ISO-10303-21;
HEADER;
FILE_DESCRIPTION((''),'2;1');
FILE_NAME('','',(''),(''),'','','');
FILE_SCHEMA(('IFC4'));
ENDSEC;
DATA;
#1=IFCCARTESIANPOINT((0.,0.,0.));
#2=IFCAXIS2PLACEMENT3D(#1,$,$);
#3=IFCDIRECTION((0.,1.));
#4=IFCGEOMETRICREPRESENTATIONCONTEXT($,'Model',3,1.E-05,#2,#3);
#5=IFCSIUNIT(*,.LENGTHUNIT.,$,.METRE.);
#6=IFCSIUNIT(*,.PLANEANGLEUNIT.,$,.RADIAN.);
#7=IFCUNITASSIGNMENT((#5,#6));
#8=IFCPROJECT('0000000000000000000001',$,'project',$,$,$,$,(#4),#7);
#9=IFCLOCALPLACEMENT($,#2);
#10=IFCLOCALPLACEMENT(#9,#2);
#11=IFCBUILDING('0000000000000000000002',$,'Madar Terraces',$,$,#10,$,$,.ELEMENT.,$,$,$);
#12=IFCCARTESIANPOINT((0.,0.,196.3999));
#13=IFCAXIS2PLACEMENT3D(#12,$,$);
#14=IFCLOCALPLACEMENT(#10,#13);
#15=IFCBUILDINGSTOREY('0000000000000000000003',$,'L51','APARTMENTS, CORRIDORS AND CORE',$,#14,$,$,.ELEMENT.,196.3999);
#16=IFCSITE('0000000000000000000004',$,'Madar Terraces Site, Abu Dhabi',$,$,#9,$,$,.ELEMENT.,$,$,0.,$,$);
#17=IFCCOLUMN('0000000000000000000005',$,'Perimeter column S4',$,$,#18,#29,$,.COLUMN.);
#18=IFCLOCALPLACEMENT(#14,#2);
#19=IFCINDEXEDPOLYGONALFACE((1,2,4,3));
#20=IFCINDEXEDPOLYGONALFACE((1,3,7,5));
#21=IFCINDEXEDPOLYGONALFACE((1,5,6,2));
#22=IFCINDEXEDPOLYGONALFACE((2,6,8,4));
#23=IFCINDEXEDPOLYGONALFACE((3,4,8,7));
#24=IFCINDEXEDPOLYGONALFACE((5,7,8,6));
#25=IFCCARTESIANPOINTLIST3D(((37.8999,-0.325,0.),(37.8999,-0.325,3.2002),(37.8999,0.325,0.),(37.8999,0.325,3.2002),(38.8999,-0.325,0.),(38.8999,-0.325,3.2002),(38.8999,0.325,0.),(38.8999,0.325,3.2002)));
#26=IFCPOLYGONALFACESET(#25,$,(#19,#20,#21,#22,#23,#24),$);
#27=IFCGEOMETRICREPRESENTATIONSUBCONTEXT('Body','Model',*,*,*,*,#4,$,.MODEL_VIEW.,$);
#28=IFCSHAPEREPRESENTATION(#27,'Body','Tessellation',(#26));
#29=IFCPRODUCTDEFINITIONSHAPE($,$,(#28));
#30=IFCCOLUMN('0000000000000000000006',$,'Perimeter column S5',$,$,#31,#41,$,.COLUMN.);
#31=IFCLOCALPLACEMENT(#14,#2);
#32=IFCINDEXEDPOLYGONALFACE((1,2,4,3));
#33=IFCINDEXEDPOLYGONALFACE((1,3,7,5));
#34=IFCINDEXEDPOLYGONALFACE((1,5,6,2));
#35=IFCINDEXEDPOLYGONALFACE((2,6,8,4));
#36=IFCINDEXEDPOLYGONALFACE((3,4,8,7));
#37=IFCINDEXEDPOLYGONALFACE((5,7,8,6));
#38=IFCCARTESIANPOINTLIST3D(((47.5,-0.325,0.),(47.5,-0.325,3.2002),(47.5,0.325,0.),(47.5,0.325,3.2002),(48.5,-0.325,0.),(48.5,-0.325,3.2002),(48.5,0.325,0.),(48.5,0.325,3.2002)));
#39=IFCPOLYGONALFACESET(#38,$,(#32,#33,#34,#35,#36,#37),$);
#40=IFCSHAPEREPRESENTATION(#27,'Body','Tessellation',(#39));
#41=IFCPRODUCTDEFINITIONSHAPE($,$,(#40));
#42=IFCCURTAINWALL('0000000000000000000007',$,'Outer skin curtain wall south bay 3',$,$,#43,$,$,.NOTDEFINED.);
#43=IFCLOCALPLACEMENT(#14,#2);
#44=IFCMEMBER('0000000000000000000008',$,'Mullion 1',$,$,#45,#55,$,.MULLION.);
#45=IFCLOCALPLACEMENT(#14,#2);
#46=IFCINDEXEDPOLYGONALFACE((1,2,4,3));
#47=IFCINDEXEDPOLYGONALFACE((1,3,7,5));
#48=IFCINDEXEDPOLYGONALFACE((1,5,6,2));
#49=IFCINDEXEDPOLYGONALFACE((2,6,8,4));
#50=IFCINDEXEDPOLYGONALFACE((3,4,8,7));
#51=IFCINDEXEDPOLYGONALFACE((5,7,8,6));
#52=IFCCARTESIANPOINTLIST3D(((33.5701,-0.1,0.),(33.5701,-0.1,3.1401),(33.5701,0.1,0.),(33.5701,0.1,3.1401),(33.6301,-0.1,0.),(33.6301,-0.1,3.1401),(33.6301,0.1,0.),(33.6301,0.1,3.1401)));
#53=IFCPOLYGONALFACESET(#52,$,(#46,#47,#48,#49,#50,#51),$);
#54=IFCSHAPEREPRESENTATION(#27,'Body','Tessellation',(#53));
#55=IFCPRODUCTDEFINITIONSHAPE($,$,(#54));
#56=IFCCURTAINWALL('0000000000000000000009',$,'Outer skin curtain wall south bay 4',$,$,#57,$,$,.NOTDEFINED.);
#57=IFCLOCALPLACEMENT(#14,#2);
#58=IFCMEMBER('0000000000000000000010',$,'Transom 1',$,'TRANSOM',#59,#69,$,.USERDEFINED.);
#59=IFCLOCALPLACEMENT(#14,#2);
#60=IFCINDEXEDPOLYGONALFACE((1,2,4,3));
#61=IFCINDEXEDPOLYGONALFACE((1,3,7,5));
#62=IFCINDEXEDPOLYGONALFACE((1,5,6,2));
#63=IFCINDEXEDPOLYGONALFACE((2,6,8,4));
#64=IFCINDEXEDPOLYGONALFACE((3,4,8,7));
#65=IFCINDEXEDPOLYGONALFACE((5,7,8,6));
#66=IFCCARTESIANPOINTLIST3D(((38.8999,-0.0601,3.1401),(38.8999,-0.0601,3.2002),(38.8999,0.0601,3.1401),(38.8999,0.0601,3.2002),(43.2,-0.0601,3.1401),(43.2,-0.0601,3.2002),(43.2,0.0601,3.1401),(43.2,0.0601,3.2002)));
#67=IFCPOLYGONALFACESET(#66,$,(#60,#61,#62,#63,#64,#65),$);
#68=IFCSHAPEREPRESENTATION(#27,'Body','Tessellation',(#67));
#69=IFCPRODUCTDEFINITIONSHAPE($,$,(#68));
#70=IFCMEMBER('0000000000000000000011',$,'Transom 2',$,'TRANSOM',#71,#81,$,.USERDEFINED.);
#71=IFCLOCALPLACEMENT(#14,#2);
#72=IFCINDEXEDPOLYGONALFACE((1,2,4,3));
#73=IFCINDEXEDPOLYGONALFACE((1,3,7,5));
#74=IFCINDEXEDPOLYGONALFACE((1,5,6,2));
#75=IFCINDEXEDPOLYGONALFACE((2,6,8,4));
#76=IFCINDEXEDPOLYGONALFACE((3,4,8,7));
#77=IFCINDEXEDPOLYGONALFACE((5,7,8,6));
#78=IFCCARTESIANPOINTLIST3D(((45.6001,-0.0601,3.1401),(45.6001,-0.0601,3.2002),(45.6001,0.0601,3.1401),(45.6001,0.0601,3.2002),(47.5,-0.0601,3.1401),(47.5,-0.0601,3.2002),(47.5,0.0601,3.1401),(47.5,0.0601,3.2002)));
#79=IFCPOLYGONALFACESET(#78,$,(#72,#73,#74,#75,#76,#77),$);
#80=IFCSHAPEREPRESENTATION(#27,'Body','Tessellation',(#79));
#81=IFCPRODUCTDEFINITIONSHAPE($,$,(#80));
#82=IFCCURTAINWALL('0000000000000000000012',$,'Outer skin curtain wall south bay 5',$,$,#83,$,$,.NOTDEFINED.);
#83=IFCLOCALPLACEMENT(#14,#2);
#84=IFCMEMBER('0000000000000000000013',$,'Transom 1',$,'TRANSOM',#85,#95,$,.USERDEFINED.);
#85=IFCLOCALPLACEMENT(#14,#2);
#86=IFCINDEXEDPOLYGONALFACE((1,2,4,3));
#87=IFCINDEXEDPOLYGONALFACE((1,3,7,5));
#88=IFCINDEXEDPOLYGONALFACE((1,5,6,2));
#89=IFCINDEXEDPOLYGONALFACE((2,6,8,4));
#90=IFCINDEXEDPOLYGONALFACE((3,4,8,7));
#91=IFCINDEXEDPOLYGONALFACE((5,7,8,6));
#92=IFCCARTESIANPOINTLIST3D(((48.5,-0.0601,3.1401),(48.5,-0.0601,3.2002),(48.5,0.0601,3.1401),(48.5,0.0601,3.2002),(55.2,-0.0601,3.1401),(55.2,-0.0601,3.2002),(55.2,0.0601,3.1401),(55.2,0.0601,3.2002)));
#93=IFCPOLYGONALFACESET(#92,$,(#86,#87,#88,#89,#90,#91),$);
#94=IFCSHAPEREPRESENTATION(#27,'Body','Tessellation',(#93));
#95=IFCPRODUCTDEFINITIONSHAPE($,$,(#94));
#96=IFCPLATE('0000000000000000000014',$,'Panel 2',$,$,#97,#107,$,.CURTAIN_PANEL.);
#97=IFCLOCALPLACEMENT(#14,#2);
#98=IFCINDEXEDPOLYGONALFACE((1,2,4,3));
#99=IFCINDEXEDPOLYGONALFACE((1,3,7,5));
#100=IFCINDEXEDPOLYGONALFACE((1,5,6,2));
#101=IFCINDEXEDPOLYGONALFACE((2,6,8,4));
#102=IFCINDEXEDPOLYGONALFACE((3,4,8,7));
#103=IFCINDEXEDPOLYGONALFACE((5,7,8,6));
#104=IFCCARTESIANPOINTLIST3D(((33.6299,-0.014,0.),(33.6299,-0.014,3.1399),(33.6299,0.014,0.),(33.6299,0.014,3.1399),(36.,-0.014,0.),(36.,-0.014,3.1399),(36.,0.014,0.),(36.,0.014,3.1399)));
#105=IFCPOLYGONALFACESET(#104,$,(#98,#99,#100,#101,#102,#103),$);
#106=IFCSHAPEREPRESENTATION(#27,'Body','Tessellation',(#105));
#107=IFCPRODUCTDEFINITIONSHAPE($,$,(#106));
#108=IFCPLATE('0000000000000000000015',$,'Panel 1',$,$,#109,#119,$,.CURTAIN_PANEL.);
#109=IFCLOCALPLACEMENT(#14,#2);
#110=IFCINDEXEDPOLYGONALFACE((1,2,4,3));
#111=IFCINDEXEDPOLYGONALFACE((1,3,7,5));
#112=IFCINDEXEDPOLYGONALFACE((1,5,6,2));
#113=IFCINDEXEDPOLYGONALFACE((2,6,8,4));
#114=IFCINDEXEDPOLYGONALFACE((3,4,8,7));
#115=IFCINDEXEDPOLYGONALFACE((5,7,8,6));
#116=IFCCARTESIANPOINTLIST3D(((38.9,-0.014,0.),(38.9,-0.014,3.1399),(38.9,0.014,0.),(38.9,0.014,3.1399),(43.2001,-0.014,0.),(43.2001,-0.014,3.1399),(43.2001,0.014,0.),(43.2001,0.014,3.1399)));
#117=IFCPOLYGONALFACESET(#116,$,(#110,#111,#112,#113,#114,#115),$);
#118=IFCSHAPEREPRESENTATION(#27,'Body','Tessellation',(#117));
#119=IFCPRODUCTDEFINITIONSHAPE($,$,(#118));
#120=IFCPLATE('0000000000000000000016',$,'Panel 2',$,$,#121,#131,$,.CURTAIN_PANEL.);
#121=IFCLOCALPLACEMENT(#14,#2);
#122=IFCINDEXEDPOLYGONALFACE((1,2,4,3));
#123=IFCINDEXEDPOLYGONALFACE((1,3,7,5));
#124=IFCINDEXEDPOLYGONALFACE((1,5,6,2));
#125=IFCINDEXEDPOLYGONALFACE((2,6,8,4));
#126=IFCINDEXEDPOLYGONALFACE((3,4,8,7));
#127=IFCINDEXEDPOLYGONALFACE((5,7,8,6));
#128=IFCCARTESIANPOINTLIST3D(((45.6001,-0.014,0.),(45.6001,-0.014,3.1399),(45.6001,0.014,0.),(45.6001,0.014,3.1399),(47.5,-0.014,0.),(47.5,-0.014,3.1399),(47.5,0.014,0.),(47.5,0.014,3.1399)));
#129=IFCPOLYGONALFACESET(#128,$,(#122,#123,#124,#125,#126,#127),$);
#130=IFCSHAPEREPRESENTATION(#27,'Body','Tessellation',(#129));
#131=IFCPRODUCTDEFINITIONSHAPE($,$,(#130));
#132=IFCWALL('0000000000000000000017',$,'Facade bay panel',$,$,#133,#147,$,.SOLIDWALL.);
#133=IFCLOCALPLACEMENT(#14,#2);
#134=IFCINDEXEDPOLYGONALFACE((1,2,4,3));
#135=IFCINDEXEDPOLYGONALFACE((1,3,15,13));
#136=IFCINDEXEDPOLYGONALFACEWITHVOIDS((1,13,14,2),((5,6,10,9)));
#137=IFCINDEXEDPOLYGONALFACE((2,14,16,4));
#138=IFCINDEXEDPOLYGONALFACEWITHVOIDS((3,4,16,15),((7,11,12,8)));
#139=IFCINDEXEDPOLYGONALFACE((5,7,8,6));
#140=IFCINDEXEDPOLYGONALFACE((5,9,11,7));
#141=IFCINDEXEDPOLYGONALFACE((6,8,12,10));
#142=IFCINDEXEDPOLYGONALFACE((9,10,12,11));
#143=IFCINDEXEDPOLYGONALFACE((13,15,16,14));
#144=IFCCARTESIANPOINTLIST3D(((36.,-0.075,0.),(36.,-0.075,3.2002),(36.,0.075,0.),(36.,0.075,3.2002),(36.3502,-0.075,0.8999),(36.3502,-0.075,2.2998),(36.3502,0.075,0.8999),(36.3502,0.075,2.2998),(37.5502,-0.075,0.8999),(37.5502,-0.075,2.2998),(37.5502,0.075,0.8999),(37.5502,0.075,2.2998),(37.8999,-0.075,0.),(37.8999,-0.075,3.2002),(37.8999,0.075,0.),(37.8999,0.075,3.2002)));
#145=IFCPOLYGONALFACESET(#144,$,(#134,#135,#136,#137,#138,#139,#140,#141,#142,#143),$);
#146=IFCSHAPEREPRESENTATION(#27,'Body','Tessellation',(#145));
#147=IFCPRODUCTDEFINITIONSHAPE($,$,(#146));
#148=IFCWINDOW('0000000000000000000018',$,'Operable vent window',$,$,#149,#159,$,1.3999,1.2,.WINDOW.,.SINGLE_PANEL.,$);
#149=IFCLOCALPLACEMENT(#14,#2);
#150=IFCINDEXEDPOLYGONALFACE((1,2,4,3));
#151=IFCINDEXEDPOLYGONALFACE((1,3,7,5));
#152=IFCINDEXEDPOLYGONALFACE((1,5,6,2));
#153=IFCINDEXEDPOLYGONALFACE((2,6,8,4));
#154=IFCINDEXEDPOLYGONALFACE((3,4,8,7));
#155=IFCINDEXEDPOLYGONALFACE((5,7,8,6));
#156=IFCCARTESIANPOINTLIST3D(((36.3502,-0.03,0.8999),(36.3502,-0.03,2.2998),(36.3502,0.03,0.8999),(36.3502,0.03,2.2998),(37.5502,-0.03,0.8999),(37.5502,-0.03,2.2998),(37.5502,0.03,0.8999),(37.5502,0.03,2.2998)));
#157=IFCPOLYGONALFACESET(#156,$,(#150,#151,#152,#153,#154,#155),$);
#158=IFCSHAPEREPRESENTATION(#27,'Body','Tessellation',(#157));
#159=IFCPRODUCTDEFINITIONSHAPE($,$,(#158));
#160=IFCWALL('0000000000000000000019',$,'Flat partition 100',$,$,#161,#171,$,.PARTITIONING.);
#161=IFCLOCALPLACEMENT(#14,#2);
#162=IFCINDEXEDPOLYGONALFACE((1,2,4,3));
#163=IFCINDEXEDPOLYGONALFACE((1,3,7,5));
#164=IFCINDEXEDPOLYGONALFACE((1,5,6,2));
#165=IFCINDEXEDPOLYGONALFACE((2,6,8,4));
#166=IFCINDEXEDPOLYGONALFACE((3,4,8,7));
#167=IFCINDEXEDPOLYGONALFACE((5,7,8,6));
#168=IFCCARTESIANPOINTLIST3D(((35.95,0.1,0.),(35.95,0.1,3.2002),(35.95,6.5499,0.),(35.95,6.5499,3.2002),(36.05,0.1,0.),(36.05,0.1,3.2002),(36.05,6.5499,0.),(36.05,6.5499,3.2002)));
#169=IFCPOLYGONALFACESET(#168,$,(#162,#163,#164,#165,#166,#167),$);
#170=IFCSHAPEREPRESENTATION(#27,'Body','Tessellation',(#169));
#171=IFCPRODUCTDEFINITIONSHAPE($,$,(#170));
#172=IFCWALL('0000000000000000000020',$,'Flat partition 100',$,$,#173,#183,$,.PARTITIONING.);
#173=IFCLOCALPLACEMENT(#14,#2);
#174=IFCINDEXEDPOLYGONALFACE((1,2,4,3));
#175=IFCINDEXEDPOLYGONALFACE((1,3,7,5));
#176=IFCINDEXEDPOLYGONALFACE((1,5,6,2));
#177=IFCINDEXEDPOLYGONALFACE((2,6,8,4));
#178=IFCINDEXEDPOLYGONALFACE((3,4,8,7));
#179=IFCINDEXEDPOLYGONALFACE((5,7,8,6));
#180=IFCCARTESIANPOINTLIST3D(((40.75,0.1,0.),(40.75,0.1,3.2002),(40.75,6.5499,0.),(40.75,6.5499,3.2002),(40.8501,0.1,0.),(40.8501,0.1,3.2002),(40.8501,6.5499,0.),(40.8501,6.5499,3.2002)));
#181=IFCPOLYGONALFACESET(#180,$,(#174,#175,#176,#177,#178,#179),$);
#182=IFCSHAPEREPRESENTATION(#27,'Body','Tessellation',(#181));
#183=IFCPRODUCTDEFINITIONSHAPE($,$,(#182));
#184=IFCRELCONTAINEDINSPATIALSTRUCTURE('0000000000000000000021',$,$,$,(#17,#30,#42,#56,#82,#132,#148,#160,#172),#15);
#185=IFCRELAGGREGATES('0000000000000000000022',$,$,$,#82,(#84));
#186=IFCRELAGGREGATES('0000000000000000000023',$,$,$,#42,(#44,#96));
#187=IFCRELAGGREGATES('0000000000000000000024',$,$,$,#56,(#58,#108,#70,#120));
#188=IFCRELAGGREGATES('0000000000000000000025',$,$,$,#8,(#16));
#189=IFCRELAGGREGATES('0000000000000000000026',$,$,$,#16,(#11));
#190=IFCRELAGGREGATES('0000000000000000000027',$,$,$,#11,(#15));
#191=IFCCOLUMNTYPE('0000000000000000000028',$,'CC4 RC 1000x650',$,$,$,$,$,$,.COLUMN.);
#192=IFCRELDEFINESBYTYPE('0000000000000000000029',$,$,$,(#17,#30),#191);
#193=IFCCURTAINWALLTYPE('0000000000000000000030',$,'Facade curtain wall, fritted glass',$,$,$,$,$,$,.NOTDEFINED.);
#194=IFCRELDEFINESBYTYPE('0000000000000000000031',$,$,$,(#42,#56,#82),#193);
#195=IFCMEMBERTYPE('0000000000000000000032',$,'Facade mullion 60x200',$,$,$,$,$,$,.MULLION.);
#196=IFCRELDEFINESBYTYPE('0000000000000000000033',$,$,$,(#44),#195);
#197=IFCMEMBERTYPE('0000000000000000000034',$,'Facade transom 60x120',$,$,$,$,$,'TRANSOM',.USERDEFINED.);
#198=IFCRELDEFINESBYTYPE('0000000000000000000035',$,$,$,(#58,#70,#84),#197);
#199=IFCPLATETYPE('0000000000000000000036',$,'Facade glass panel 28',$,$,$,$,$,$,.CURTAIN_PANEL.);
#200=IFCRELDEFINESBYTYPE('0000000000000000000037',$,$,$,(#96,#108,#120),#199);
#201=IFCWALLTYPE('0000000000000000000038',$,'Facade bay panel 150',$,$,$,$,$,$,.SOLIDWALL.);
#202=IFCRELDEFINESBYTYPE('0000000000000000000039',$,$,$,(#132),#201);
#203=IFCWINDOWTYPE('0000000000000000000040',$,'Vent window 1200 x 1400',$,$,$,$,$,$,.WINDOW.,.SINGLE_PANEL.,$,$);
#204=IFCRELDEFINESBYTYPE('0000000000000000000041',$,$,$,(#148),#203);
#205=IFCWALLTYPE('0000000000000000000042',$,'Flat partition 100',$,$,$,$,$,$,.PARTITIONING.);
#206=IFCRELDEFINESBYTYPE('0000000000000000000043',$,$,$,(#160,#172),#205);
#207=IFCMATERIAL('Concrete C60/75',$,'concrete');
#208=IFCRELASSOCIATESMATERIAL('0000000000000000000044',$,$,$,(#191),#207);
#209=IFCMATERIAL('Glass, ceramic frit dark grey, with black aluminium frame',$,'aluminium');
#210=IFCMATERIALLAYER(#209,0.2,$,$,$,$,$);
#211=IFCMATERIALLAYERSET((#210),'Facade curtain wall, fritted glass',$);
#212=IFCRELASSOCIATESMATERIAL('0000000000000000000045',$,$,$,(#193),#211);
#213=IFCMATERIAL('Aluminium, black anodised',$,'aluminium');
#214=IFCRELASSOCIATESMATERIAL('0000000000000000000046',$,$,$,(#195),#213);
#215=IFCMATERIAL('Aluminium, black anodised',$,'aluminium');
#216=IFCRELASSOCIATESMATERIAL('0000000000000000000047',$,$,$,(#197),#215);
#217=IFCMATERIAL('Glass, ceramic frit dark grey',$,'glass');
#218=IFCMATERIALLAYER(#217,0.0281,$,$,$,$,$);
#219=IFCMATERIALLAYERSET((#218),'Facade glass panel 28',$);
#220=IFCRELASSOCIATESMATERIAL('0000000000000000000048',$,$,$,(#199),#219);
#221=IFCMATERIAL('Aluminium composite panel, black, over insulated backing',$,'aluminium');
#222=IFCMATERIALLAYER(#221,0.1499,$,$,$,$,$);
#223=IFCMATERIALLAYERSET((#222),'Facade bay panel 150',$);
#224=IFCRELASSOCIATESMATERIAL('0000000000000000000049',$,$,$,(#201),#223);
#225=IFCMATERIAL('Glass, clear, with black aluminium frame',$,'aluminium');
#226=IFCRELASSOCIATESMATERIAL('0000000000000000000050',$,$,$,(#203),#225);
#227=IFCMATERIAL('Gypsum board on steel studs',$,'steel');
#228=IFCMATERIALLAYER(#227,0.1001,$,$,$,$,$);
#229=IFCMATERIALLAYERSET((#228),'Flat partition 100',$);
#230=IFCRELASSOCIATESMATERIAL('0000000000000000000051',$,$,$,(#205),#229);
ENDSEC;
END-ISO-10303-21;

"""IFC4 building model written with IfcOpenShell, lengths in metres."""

from ifc_helpers import new_model, si_unit, direction, frame, frame_2d, origin, origin_2d, place, context, subcontext, project, spatial, rectangle, extrude, material, layer, layer_set, material_profile, profile_set, type_object, element, fill, aggregate, save


model = new_model("IFC4")

# Units and contexts
model_context = context("Model", 3, precision=1e-05, world=origin(), true_north=direction((0.0, 1.0)))
body_context = subcontext(model_context, "Body", "Model", "MODEL_VIEW")
ifc_project = project(units=[si_unit("LENGTHUNIT", "METRE"), si_unit("PLANEANGLEUNIT", "RADIAN")], contexts=[model_context])

# Site, building, storey
site_placement = place(None, origin())
site = spatial("IfcSite", under=ifc_project, at=site_placement, Name="Madar Terraces Site, Abu Dhabi", CompositionType="ELEMENT", RefElevation=0.0)
building_placement = place(site_placement, origin())
building = spatial("IfcBuilding", under=site, at=building_placement, Name="Madar Terraces", CompositionType="ELEMENT")
storey_placement = place(building_placement, frame((0.0, 0.0, 196.3999)))
storey = spatial("IfcBuildingStorey", under=building, at=storey_placement, Name="L51", Description="APARTMENTS, CORRIDORS AND CORE", CompositionType="ELEMENT", Elevation=196.3999)

# Columns
ifc_material_1 = material(Name="Concrete C60/75", Category="concrete")
ifc_material_profile_1 = material_profile(ifc_material_1, rectangle(XDim=1.0, YDim=0.6499, at=origin_2d()), Name="CC4 RC 1000x650")
ifc_profile_set_1 = profile_set([ifc_material_profile_1], Name="Concrete C60/75")
column_type = type_object("IfcColumnType", Name="CC4 RC 1000x650", PredefinedType="COLUMN", material=ifc_profile_set_1)
for number, where, z_axis, x_axis, name in (
    (1, (38.3999, 0.0, 0.0), (0.0, 0.0, 1.0), (1.0, 0.0, 0.0), "Perimeter column S4"),
    (2, (48.0, 0.0, 0.0), (0.0, 0.0, 1.0), (1.0, 0.0, 0.0), "Perimeter column S5"),
):
    element("IfcColumn", number, at=place(storey_placement, frame(where, z_axis=z_axis, x_axis=x_axis)), inside=storey, type_object=column_type, Name=name, PredefinedType="COLUMN", context=body_context, shape_type="SweptSolid", body=[
        extrude(rectangle(XDim=1.0, YDim=0.6499, at=origin_2d()), origin(), (0.0, 0.0, 1.0), 3.2002),
    ])

# Curtain wall, member
ifc_material_2 = material(Name="Glass, ceramic frit dark grey, with black aluminium frame", Category="aluminium")
ifc_layer_1 = layer(ifc_material_2, 0.2)
ifc_layer_set_1 = layer_set([ifc_layer_1], Name="Facade curtain wall, fritted glass")
curtain_wall_type = type_object("IfcCurtainWallType", Name="Facade curtain wall, fritted glass", PredefinedType="NOTDEFINED", material=ifc_layer_set_1)
curtain_wall_1_placement = place(storey_placement, origin())
curtain_wall_1 = element("IfcCurtainWall", 3, at=curtain_wall_1_placement, inside=storey, type_object=curtain_wall_type, Name="Outer skin curtain wall south bay 3", PredefinedType="NOTDEFINED")
ifc_material_3 = material(Name="Aluminium, black anodised", Category="aluminium")
ifc_material_profile_2 = material_profile(ifc_material_3, rectangle(XDim=0.2, YDim=0.0601, at=origin_2d()), Name="Facade mullion 60x200")
ifc_profile_set_2 = profile_set([ifc_material_profile_2], Name="Aluminium, black anodised")
member_type_1 = type_object("IfcMemberType", Name="Facade mullion 60x200", PredefinedType="MULLION", material=ifc_profile_set_2)
member_1_placement = place(storey_placement, frame((33.6001, 0.0, 0.0), z_axis=(0.0, 0.0, 1.0), x_axis=(0.0, 1.0, 0.0)))
member_1 = element("IfcMember", 4, at=member_1_placement, type_object=member_type_1, Name="Mullion 1", PredefinedType="MULLION", context=body_context, shape_type="SweptSolid", body=[
    extrude(rectangle(XDim=0.2, YDim=0.0601, at=origin_2d()), origin(), (0.0, 0.0, 1.0), 3.1401),
])

# Curtain wall, members
curtain_wall_2_placement = place(storey_placement, origin())
curtain_wall_2 = element("IfcCurtainWall", 5, at=curtain_wall_2_placement, inside=storey, type_object=curtain_wall_type, Name="Outer skin curtain wall south bay 4", PredefinedType="NOTDEFINED")
ifc_material_4 = material(Name="Aluminium, black anodised", Category="aluminium")
ifc_material_profile_3 = material_profile(ifc_material_4, rectangle(XDim=0.1201, YDim=0.0601, at=origin_2d()), Name="Facade transom 60x120")
ifc_profile_set_3 = profile_set([ifc_material_profile_3], Name="Aluminium, black anodised")
member_type_2 = type_object("IfcMemberType", Name="Facade transom 60x120", ElementType="TRANSOM", PredefinedType="USERDEFINED", material=ifc_profile_set_3)
member_2_placement = place(storey_placement, frame((38.8999, 0.0, 3.1702), z_axis=(1.0, 0.0, 0.0), x_axis=(0.0, 1.0, 0.0)))
member_2 = element("IfcMember", 6, at=member_2_placement, type_object=member_type_2, Name="Transom 1", ObjectType="TRANSOM", PredefinedType="USERDEFINED", context=body_context, shape_type="SweptSolid", body=[
    extrude(rectangle(XDim=0.1201, YDim=0.0601, at=origin_2d()), origin(), (0.0, 0.0, 1.0), 4.3),
])
member_3_placement = place(storey_placement, frame((45.6001, 0.0, 3.1702), z_axis=(1.0, 0.0, 0.0), x_axis=(0.0, 1.0, 0.0)))
member_3 = element("IfcMember", 7, at=member_3_placement, type_object=member_type_2, Name="Transom 2", ObjectType="TRANSOM", PredefinedType="USERDEFINED", context=body_context, shape_type="SweptSolid", body=[
    extrude(rectangle(XDim=0.1201, YDim=0.0601, at=origin_2d()), origin(), (0.0, 0.0, 1.0), 1.8999),
])

# Curtain wall, member
curtain_wall_3_placement = place(storey_placement, origin())
curtain_wall_3 = element("IfcCurtainWall", 8, at=curtain_wall_3_placement, inside=storey, type_object=curtain_wall_type, Name="Outer skin curtain wall south bay 5", PredefinedType="NOTDEFINED")
member_4_placement = place(storey_placement, frame((48.5, 0.0, 3.1702), z_axis=(1.0, 0.0, 0.0), x_axis=(0.0, 1.0, 0.0)))
member_4 = element("IfcMember", 9, at=member_4_placement, type_object=member_type_2, Name="Transom 1", ObjectType="TRANSOM", PredefinedType="USERDEFINED", context=body_context, shape_type="SweptSolid", body=[
    extrude(rectangle(XDim=0.1201, YDim=0.0601, at=origin_2d()), origin(), (0.0, 0.0, 1.0), 6.7),
])
aggregate(curtain_wall_3, [member_4])

# Plates
ifc_material_5 = material(Name="Glass, ceramic frit dark grey", Category="glass")
ifc_layer_2 = layer(ifc_material_5, 0.0281)
ifc_layer_set_2 = layer_set([ifc_layer_2], Name="Facade glass panel 28")
plate_type = type_object("IfcPlateType", Name="Facade glass panel 28", PredefinedType="CURTAIN_PANEL", material=ifc_layer_set_2)
plate_1_placement = place(storey_placement, frame((34.8149, 0.0, 0.0), z_axis=(0.0, 0.0, 1.0), x_axis=(1.0, 0.0, 0.0)))
plate_1 = element("IfcPlate", 10, at=plate_1_placement, type_object=plate_type, Name="Panel 2", PredefinedType="CURTAIN_PANEL", context=body_context, shape_type="SweptSolid", body=[
    extrude(rectangle(XDim=2.3701, YDim=0.0281, at=origin_2d()), origin(), (0.0, 0.0, 1.0), 3.1399),
])
aggregate(curtain_wall_1, [member_1, plate_1])
plate_2_placement = place(storey_placement, frame((41.05, 0.0, 0.0), z_axis=(0.0, 0.0, 1.0), x_axis=(1.0, 0.0, 0.0)))
plate_2 = element("IfcPlate", 11, at=plate_2_placement, type_object=plate_type, Name="Panel 1", PredefinedType="CURTAIN_PANEL", context=body_context, shape_type="SweptSolid", body=[
    extrude(rectangle(XDim=4.3, YDim=0.0281, at=origin_2d()), origin(), (0.0, 0.0, 1.0), 3.1399),
])
plate_3_placement = place(storey_placement, frame((46.55, 0.0, 0.0), z_axis=(0.0, 0.0, 1.0), x_axis=(1.0, 0.0, 0.0)))
plate_3 = element("IfcPlate", 12, at=plate_3_placement, type_object=plate_type, Name="Panel 2", PredefinedType="CURTAIN_PANEL", context=body_context, shape_type="SweptSolid", body=[
    extrude(rectangle(XDim=1.8999, YDim=0.0281, at=origin_2d()), origin(), (0.0, 0.0, 1.0), 3.1399),
])
aggregate(curtain_wall_2, [member_2, plate_2, member_3, plate_3])

# Wall, opening, window
ifc_material_6 = material(Name="Aluminium composite panel, black, over insulated backing", Category="aluminium")
ifc_layer_3 = layer(ifc_material_6, 0.1499)
ifc_layer_set_3 = layer_set([ifc_layer_3], Name="Facade bay panel 150")
wall_type_1 = type_object("IfcWallType", Name="Facade bay panel 150", PredefinedType="SOLIDWALL", material=ifc_layer_set_3)
wall_1_placement = place(storey_placement, frame((36.0, 0.0, 0.0), z_axis=(0.0, 0.0, 1.0), x_axis=(1.0, 0.0, 0.0)))
wall_1 = element("IfcWall", 13, at=wall_1_placement, inside=storey, type_object=wall_type_1, Name="Facade bay panel", PredefinedType="SOLIDWALL", context=body_context, shape_type="SweptSolid", body=[
    extrude(rectangle(XDim=1.8999, YDim=0.1499, at=frame_2d((0.95, 0.0))), origin(), (0.0, 0.0, 1.0), 3.2002),
])
opening_1_placement = place(wall_1_placement, frame((0.3501, 0.0, 0.8999)))
opening_1 = element("IfcOpeningElement", 14, at=opening_1_placement, cuts=wall_1, PredefinedType="OPENING", context=body_context, shape_type="SweptSolid", body=[
    extrude(rectangle(XDim=1.2, YDim=1.3999, at=frame_2d((0.6001, 0.7))), frame((0.0, 0.085, 0.0), z_axis=(0.0, -1.0, 0.0), x_axis=(1.0, 0.0, 0.0)), (0.0, 0.0, 1.0), 0.1699),
])
ifc_material_7 = material(Name="Glass, clear, with black aluminium frame", Category="aluminium")
window_type = type_object("IfcWindowType", Name="Vent window 1200 x 1400", PartitioningType="SINGLE_PANEL", PredefinedType="WINDOW", material=ifc_material_7)
window_placement = place(opening_1_placement, origin())
window = element("IfcWindow", 15, at=window_placement, inside=storey, type_object=window_type, Name="Operable vent window", OverallHeight=1.3999, OverallWidth=1.2, PartitioningType="SINGLE_PANEL", PredefinedType="WINDOW", context=body_context, shape_type="SweptSolid", body=[
    extrude(rectangle(XDim=1.2, YDim=1.3999, at=frame_2d((0.6001, 0.7))), frame((0.0, 0.03, 0.0), z_axis=(0.0, -1.0, 0.0), x_axis=(1.0, 0.0, 0.0)), (0.0, 0.0, 1.0), 0.0601),
])
fill(opening_1, window)

# Walls
ifc_material_8 = material(Name="Gypsum board on steel studs", Category="steel")
ifc_layer_4 = layer(ifc_material_8, 0.1001)
ifc_layer_set_4 = layer_set([ifc_layer_4], Name="Flat partition 100")
wall_type_2 = type_object("IfcWallType", Name="Flat partition 100", PredefinedType="PARTITIONING", material=ifc_layer_set_4)
for number, where, z_axis, x_axis, name in (
    (16, (36.0, 6.55, 0.0), (0.0, 0.0, 1.0), (0.0, -1.0, 0.0), "Flat partition 100"),
    (17, (40.8, 6.55, 0.0), (0.0, 0.0, 1.0), (0.0, -1.0, 0.0), "Flat partition 100"),
):
    element("IfcWall", number, at=place(storey_placement, frame(where, z_axis=z_axis, x_axis=x_axis)), inside=storey, type_object=wall_type_2, Name=name, PredefinedType="PARTITIONING", context=body_context, shape_type="SweptSolid", body=[
        extrude(rectangle(XDim=6.45, YDim=0.1001, at=frame_2d((3.2251, 0.0))), origin(), (0.0, 0.0, 1.0), 3.2002),
    ])

save(model, "model.ifc")
